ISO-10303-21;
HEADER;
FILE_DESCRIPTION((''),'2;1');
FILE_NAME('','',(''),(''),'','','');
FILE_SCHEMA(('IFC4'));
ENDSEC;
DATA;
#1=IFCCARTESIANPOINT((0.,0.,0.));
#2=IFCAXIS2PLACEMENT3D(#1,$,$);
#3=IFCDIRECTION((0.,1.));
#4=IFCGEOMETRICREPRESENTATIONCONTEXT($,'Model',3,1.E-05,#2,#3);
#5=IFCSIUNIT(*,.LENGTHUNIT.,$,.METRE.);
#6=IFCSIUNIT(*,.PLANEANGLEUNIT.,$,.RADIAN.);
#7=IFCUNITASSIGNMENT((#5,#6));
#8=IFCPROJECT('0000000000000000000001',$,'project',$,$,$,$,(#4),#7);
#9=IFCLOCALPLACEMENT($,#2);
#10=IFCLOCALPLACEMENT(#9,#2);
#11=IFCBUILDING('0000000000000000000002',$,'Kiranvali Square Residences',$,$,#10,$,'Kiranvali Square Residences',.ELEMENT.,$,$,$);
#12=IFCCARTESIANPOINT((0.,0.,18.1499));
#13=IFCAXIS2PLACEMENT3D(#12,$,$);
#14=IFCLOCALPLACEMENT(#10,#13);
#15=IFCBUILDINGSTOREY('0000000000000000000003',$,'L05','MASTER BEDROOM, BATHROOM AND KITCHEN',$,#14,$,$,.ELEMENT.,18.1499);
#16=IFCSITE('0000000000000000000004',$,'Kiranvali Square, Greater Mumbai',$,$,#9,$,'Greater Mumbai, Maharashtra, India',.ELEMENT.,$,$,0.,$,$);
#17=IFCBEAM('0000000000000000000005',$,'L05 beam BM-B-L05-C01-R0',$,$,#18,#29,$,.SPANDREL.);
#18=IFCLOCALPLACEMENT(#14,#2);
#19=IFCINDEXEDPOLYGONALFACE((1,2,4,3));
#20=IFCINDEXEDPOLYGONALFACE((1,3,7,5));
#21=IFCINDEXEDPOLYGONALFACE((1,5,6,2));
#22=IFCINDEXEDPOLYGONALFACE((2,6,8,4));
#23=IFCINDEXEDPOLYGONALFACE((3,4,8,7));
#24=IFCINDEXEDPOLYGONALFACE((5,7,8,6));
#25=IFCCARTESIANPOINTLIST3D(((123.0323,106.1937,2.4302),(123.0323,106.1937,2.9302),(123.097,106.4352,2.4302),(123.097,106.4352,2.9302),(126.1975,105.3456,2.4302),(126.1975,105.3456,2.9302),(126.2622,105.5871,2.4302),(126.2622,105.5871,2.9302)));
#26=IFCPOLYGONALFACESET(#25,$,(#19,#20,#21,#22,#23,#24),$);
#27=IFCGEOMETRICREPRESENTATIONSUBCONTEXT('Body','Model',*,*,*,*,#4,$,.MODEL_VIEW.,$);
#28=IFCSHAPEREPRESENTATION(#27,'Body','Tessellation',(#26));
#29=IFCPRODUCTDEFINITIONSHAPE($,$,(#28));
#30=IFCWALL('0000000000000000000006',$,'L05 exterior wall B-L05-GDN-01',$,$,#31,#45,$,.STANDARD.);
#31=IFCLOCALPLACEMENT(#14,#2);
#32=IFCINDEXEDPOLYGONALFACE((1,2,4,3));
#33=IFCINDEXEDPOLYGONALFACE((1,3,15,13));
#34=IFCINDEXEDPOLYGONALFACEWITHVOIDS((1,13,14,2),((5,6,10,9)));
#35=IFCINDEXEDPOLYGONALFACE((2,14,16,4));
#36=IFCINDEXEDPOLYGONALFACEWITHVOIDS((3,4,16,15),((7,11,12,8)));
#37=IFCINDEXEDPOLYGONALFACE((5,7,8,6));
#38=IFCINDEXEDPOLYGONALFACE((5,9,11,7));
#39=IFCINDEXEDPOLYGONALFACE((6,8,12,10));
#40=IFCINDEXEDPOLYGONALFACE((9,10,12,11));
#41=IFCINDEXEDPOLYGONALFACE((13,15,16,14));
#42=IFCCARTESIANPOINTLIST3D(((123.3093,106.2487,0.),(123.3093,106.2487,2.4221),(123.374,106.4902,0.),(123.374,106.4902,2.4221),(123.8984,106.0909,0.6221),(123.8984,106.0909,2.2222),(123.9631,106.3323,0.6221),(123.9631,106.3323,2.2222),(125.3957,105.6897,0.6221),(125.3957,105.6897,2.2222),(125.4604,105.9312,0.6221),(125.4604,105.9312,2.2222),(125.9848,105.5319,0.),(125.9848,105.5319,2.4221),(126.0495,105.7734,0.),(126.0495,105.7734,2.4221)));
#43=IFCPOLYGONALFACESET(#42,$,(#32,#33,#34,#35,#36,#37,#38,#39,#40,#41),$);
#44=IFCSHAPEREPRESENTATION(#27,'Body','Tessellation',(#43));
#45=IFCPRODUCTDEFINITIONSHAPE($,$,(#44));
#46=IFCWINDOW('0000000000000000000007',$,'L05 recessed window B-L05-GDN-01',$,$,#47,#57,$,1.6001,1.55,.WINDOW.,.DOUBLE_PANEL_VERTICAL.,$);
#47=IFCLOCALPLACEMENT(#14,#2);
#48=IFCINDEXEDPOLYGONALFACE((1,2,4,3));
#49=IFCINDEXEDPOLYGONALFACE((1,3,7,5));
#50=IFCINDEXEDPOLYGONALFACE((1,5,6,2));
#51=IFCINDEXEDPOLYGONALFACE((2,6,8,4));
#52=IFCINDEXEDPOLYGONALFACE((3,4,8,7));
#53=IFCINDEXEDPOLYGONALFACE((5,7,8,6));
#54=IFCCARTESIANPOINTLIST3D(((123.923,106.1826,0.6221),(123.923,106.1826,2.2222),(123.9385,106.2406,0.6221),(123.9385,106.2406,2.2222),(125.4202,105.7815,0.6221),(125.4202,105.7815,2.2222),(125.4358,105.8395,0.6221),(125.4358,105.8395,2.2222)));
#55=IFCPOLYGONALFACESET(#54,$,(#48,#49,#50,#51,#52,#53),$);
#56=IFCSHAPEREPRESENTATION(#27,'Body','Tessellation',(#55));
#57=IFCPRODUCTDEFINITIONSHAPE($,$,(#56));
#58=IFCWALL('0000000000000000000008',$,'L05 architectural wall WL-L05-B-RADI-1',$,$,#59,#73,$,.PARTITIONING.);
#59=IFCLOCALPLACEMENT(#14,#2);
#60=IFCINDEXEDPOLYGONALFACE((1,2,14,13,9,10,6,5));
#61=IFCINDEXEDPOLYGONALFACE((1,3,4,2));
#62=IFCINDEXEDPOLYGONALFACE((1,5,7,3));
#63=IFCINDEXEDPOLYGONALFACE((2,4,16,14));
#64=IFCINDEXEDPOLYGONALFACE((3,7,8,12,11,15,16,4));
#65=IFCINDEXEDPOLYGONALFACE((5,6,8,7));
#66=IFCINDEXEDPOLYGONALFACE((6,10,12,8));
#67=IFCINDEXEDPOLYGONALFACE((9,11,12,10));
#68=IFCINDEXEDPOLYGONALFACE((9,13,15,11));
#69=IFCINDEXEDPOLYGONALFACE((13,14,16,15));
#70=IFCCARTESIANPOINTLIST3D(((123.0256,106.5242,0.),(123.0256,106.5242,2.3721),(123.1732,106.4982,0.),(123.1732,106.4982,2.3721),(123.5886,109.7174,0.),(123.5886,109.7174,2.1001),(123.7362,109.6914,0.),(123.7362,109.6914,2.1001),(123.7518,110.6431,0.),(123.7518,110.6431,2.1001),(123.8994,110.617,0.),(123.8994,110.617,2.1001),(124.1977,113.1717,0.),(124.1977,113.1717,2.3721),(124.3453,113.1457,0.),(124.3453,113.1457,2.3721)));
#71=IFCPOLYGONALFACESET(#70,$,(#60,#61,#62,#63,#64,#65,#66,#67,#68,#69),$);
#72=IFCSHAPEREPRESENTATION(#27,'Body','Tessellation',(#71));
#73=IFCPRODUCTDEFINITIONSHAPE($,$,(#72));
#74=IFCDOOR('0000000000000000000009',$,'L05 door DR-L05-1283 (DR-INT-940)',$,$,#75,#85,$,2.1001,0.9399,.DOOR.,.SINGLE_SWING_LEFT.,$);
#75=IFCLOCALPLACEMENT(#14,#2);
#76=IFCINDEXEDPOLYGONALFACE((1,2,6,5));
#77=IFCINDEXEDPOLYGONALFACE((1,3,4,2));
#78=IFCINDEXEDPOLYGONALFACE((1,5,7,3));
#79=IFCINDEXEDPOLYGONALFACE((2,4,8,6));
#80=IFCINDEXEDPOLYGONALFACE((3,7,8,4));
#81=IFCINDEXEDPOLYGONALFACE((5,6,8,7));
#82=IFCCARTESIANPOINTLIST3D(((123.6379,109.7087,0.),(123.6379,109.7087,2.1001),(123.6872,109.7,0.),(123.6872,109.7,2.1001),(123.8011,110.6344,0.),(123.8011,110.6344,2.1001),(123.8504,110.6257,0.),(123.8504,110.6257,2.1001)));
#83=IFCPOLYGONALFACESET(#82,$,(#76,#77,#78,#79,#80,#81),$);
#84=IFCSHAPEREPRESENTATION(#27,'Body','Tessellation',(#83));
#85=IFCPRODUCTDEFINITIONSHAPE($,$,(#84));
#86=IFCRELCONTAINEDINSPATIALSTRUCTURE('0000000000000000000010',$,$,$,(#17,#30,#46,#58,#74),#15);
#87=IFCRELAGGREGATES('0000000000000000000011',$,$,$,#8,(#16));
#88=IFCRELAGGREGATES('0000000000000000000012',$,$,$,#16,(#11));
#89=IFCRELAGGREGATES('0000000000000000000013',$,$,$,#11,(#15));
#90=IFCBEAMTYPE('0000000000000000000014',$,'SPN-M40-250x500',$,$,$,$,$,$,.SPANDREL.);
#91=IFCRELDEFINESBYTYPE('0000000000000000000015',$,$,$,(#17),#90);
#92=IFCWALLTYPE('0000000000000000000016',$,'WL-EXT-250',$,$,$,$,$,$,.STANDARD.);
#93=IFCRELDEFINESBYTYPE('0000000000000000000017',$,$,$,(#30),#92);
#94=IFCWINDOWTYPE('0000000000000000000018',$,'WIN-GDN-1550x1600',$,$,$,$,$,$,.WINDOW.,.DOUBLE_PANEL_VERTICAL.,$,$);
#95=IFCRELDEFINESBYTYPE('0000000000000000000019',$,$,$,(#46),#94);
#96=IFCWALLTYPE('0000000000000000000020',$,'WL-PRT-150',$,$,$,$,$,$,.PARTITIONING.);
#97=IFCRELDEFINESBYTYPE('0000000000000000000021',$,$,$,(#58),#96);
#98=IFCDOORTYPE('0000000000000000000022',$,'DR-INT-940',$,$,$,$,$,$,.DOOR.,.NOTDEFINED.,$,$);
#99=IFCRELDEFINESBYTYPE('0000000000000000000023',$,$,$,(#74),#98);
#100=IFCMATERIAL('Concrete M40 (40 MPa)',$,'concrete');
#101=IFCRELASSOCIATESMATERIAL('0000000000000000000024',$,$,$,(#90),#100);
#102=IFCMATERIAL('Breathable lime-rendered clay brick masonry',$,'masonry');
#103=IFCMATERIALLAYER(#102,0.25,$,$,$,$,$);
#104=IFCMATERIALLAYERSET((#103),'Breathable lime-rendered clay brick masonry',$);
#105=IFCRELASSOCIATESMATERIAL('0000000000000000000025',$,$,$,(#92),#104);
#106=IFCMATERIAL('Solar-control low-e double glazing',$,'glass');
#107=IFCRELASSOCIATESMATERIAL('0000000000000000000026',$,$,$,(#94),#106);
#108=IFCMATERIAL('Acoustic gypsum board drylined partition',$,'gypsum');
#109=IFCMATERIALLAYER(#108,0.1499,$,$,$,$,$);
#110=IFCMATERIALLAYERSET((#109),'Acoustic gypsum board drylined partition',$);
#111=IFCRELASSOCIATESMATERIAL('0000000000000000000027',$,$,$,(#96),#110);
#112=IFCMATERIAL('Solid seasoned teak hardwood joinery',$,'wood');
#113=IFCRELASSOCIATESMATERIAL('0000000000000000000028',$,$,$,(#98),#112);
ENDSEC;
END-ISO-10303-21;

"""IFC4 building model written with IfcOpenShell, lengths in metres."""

from ifc_helpers import new_model, si_unit, direction, frame, frame_2d, origin, origin_2d, place, context, subcontext, project, spatial, rectangle, extrude, material, layer, layer_set, material_profile, profile_set, type_object, element, fill, save


model = new_model("IFC4")

# Units and contexts
model_context = context("Model", 3, precision=1e-05, world=origin(), true_north=direction((0.0, 1.0)))
body_context = subcontext(model_context, "Body", "Model", "MODEL_VIEW")
ifc_project = project(units=[si_unit("LENGTHUNIT", "METRE"), si_unit("PLANEANGLEUNIT", "RADIAN")], contexts=[model_context])

# Site, building, storey
site_placement = place(None, origin())
site = spatial("IfcSite", under=ifc_project, at=site_placement, Name="Kiranvali Square, Greater Mumbai", LongName="Greater Mumbai, Maharashtra, India", CompositionType="ELEMENT", RefElevation=0.0)
building_placement = place(site_placement, origin())
building = spatial("IfcBuilding", under=site, at=building_placement, Name="Kiranvali Square Residences", LongName="Kiranvali Square Residences", CompositionType="ELEMENT")
storey_placement = place(building_placement, frame((0.0, 0.0, 18.1499)))
storey = spatial("IfcBuildingStorey", under=building, at=storey_placement, Name="L05", Description="MASTER BEDROOM, BATHROOM AND KITCHEN", CompositionType="ELEMENT", Elevation=18.1499)

# Beam
ifc_material_1 = material(Name="Concrete M40 (40 MPa)", Category="concrete")
ifc_material_profile_1 = material_profile(ifc_material_1, rectangle(XDim=0.25, YDim=0.5, at=origin_2d()), Name="RC 250x500")
ifc_profile_set_1 = profile_set([ifc_material_profile_1], Name="Concrete M40 (40 MPa)")
beam_type_1 = type_object("IfcBeamType", Name="SPN-M40-250x500", PredefinedType="SPANDREL", material=ifc_profile_set_1)
beam_1_placement = place(storey_placement, frame((123.0647, 106.3145, 2.6802), z_axis=(0.965925, -0.258822, 0.0), x_axis=(0.258822, 0.965925, 0.0)))
element("IfcBeam", 1, at=beam_1_placement, inside=storey, type_object=beam_type_1, Name="L05 beam BM-B-L05-C01-R0", PredefinedType="SPANDREL", context=body_context, shape_type="SweptSolid", body=[
    extrude(rectangle(XDim=0.25, YDim=0.5, at=origin_2d()), origin(), (0.0, 0.0, 1.0), 3.2769),
])

# Wall, opening, window
ifc_material_2 = material(Name="Breathable lime-rendered clay brick masonry", Category="masonry")
ifc_layer_1 = layer(ifc_material_2, 0.25)
ifc_layer_set_1 = layer_set([ifc_layer_1], Name="Breathable lime-rendered clay brick masonry")
wall_type_1 = type_object("IfcWallType", Name="WL-EXT-250", PredefinedType="STANDARD", material=ifc_layer_set_1)
wall_1_placement = place(storey_placement, frame((123.3418, 106.3694, 0.0), z_axis=(0.0, 0.0, 1.0), x_axis=(0.965936, -0.258782, 0.0)))
wall_1 = element("IfcWall", 2, at=wall_1_placement, inside=storey, type_object=wall_type_1, Name="L05 exterior wall B-L05-GDN-01", PredefinedType="STANDARD", context=body_context, shape_type="SweptSolid", body=[
    extrude(rectangle(XDim=2.7698, YDim=0.25, at=frame_2d((1.3848, 0.0))), origin(), (0.0, 0.0, 1.0), 2.4221),
])
opening_1_placement = place(wall_1_placement, frame((0.6099, 0.0, 0.6221)))
opening_1 = element("IfcOpeningElement", 3, at=opening_1_placement, cuts=wall_1, PredefinedType="OPENING", context=body_context, shape_type="SweptSolid", body=[
    extrude(rectangle(XDim=1.55, YDim=1.6001, at=frame_2d((0.7749, 0.8))), frame((0.0, 0.135, 0.0), z_axis=(0.0, -1.0, 0.0), x_axis=(1.0, 0.0, 0.0)), (0.0, 0.0, 1.0), 0.27),
])
ifc_material_3 = material(Name="Solar-control low-e double glazing", Category="glass")
window_type = type_object("IfcWindowType", Name="WIN-GDN-1550x1600", PartitioningType="DOUBLE_PANEL_VERTICAL", PredefinedType="WINDOW", material=ifc_material_3)
window_placement = place(opening_1_placement, origin())
window = element("IfcWindow", 4, at=window_placement, inside=storey, type_object=window_type, Name="L05 recessed window B-L05-GDN-01", OverallHeight=1.6001, OverallWidth=1.55, PartitioningType="DOUBLE_PANEL_VERTICAL", PredefinedType="WINDOW", context=body_context, shape_type="SweptSolid", body=[
    extrude(rectangle(XDim=1.55, YDim=1.6001, at=frame_2d((0.7749, 0.8))), frame((0.0, 0.03, 0.0), z_axis=(0.0, -1.0, 0.0), x_axis=(1.0, 0.0, 0.0)), (0.0, 0.0, 1.0), 0.0601),
])
fill(opening_1, window)

# Wall, opening, door
ifc_material_4 = material(Name="Acoustic gypsum board drylined partition", Category="gypsum")
ifc_layer_2 = layer(ifc_material_4, 0.1499)
ifc_layer_set_2 = layer_set([ifc_layer_2], Name="Acoustic gypsum board drylined partition")
wall_type_2 = type_object("IfcWallType", Name="WL-PRT-150", PredefinedType="PARTITIONING", material=ifc_layer_set_2)
wall_2_placement = place(storey_placement, frame((123.0994, 106.5112, 0.0), z_axis=(0.0, 0.0, 1.0), x_axis=(0.173647, 0.984808, 0.0)))
wall_2 = element("IfcWall", 5, at=wall_2_placement, inside=storey, type_object=wall_type_2, Name="L05 architectural wall WL-L05-B-RADI-1", PredefinedType="PARTITIONING", context=body_context, shape_type="SweptSolid", body=[
    extrude(rectangle(XDim=6.75, YDim=0.1499, at=frame_2d((3.375, 0.0))), origin(), (0.0, 0.0, 1.0), 2.3721),
])
opening_2_placement = place(wall_2_placement, frame((3.2424, 0.0, 0.0)))
opening_2 = element("IfcOpeningElement", 6, at=opening_2_placement, cuts=wall_2, PredefinedType="OPENING", context=body_context, shape_type="SweptSolid", body=[
    extrude(rectangle(XDim=0.9399, YDim=2.1001, at=frame_2d((0.47, 1.05))), frame((0.0, 0.085, 0.0), z_axis=(0.0, -1.0, 0.0), x_axis=(1.0, 0.0, 0.0)), (0.0, 0.0, 1.0), 0.1699),
])
ifc_material_5 = material(Name="Solid seasoned teak hardwood joinery", Category="wood")
door_type = type_object("IfcDoorType", Name="DR-INT-940", OperationType="NOTDEFINED", PredefinedType="DOOR", material=ifc_material_5)
door_placement = place(opening_2_placement, origin())
door = element("IfcDoor", 7, at=door_placement, inside=storey, type_object=door_type, Name="L05 door DR-L05-1283 (DR-INT-940)", OperationType="SINGLE_SWING_LEFT", OverallHeight=2.1001, OverallWidth=0.9399, PredefinedType="DOOR", context=body_context, shape_type="SweptSolid", body=[
    extrude(rectangle(XDim=0.9399, YDim=2.1001, at=frame_2d((0.47, 1.05))), frame((0.0, 0.0249, 0.0), z_axis=(0.0, -1.0, 0.0), x_axis=(1.0, 0.0, 0.0)), (0.0, 0.0, 1.0), 0.05),
])
fill(opening_2, door)

save(model, "model.ifc")
